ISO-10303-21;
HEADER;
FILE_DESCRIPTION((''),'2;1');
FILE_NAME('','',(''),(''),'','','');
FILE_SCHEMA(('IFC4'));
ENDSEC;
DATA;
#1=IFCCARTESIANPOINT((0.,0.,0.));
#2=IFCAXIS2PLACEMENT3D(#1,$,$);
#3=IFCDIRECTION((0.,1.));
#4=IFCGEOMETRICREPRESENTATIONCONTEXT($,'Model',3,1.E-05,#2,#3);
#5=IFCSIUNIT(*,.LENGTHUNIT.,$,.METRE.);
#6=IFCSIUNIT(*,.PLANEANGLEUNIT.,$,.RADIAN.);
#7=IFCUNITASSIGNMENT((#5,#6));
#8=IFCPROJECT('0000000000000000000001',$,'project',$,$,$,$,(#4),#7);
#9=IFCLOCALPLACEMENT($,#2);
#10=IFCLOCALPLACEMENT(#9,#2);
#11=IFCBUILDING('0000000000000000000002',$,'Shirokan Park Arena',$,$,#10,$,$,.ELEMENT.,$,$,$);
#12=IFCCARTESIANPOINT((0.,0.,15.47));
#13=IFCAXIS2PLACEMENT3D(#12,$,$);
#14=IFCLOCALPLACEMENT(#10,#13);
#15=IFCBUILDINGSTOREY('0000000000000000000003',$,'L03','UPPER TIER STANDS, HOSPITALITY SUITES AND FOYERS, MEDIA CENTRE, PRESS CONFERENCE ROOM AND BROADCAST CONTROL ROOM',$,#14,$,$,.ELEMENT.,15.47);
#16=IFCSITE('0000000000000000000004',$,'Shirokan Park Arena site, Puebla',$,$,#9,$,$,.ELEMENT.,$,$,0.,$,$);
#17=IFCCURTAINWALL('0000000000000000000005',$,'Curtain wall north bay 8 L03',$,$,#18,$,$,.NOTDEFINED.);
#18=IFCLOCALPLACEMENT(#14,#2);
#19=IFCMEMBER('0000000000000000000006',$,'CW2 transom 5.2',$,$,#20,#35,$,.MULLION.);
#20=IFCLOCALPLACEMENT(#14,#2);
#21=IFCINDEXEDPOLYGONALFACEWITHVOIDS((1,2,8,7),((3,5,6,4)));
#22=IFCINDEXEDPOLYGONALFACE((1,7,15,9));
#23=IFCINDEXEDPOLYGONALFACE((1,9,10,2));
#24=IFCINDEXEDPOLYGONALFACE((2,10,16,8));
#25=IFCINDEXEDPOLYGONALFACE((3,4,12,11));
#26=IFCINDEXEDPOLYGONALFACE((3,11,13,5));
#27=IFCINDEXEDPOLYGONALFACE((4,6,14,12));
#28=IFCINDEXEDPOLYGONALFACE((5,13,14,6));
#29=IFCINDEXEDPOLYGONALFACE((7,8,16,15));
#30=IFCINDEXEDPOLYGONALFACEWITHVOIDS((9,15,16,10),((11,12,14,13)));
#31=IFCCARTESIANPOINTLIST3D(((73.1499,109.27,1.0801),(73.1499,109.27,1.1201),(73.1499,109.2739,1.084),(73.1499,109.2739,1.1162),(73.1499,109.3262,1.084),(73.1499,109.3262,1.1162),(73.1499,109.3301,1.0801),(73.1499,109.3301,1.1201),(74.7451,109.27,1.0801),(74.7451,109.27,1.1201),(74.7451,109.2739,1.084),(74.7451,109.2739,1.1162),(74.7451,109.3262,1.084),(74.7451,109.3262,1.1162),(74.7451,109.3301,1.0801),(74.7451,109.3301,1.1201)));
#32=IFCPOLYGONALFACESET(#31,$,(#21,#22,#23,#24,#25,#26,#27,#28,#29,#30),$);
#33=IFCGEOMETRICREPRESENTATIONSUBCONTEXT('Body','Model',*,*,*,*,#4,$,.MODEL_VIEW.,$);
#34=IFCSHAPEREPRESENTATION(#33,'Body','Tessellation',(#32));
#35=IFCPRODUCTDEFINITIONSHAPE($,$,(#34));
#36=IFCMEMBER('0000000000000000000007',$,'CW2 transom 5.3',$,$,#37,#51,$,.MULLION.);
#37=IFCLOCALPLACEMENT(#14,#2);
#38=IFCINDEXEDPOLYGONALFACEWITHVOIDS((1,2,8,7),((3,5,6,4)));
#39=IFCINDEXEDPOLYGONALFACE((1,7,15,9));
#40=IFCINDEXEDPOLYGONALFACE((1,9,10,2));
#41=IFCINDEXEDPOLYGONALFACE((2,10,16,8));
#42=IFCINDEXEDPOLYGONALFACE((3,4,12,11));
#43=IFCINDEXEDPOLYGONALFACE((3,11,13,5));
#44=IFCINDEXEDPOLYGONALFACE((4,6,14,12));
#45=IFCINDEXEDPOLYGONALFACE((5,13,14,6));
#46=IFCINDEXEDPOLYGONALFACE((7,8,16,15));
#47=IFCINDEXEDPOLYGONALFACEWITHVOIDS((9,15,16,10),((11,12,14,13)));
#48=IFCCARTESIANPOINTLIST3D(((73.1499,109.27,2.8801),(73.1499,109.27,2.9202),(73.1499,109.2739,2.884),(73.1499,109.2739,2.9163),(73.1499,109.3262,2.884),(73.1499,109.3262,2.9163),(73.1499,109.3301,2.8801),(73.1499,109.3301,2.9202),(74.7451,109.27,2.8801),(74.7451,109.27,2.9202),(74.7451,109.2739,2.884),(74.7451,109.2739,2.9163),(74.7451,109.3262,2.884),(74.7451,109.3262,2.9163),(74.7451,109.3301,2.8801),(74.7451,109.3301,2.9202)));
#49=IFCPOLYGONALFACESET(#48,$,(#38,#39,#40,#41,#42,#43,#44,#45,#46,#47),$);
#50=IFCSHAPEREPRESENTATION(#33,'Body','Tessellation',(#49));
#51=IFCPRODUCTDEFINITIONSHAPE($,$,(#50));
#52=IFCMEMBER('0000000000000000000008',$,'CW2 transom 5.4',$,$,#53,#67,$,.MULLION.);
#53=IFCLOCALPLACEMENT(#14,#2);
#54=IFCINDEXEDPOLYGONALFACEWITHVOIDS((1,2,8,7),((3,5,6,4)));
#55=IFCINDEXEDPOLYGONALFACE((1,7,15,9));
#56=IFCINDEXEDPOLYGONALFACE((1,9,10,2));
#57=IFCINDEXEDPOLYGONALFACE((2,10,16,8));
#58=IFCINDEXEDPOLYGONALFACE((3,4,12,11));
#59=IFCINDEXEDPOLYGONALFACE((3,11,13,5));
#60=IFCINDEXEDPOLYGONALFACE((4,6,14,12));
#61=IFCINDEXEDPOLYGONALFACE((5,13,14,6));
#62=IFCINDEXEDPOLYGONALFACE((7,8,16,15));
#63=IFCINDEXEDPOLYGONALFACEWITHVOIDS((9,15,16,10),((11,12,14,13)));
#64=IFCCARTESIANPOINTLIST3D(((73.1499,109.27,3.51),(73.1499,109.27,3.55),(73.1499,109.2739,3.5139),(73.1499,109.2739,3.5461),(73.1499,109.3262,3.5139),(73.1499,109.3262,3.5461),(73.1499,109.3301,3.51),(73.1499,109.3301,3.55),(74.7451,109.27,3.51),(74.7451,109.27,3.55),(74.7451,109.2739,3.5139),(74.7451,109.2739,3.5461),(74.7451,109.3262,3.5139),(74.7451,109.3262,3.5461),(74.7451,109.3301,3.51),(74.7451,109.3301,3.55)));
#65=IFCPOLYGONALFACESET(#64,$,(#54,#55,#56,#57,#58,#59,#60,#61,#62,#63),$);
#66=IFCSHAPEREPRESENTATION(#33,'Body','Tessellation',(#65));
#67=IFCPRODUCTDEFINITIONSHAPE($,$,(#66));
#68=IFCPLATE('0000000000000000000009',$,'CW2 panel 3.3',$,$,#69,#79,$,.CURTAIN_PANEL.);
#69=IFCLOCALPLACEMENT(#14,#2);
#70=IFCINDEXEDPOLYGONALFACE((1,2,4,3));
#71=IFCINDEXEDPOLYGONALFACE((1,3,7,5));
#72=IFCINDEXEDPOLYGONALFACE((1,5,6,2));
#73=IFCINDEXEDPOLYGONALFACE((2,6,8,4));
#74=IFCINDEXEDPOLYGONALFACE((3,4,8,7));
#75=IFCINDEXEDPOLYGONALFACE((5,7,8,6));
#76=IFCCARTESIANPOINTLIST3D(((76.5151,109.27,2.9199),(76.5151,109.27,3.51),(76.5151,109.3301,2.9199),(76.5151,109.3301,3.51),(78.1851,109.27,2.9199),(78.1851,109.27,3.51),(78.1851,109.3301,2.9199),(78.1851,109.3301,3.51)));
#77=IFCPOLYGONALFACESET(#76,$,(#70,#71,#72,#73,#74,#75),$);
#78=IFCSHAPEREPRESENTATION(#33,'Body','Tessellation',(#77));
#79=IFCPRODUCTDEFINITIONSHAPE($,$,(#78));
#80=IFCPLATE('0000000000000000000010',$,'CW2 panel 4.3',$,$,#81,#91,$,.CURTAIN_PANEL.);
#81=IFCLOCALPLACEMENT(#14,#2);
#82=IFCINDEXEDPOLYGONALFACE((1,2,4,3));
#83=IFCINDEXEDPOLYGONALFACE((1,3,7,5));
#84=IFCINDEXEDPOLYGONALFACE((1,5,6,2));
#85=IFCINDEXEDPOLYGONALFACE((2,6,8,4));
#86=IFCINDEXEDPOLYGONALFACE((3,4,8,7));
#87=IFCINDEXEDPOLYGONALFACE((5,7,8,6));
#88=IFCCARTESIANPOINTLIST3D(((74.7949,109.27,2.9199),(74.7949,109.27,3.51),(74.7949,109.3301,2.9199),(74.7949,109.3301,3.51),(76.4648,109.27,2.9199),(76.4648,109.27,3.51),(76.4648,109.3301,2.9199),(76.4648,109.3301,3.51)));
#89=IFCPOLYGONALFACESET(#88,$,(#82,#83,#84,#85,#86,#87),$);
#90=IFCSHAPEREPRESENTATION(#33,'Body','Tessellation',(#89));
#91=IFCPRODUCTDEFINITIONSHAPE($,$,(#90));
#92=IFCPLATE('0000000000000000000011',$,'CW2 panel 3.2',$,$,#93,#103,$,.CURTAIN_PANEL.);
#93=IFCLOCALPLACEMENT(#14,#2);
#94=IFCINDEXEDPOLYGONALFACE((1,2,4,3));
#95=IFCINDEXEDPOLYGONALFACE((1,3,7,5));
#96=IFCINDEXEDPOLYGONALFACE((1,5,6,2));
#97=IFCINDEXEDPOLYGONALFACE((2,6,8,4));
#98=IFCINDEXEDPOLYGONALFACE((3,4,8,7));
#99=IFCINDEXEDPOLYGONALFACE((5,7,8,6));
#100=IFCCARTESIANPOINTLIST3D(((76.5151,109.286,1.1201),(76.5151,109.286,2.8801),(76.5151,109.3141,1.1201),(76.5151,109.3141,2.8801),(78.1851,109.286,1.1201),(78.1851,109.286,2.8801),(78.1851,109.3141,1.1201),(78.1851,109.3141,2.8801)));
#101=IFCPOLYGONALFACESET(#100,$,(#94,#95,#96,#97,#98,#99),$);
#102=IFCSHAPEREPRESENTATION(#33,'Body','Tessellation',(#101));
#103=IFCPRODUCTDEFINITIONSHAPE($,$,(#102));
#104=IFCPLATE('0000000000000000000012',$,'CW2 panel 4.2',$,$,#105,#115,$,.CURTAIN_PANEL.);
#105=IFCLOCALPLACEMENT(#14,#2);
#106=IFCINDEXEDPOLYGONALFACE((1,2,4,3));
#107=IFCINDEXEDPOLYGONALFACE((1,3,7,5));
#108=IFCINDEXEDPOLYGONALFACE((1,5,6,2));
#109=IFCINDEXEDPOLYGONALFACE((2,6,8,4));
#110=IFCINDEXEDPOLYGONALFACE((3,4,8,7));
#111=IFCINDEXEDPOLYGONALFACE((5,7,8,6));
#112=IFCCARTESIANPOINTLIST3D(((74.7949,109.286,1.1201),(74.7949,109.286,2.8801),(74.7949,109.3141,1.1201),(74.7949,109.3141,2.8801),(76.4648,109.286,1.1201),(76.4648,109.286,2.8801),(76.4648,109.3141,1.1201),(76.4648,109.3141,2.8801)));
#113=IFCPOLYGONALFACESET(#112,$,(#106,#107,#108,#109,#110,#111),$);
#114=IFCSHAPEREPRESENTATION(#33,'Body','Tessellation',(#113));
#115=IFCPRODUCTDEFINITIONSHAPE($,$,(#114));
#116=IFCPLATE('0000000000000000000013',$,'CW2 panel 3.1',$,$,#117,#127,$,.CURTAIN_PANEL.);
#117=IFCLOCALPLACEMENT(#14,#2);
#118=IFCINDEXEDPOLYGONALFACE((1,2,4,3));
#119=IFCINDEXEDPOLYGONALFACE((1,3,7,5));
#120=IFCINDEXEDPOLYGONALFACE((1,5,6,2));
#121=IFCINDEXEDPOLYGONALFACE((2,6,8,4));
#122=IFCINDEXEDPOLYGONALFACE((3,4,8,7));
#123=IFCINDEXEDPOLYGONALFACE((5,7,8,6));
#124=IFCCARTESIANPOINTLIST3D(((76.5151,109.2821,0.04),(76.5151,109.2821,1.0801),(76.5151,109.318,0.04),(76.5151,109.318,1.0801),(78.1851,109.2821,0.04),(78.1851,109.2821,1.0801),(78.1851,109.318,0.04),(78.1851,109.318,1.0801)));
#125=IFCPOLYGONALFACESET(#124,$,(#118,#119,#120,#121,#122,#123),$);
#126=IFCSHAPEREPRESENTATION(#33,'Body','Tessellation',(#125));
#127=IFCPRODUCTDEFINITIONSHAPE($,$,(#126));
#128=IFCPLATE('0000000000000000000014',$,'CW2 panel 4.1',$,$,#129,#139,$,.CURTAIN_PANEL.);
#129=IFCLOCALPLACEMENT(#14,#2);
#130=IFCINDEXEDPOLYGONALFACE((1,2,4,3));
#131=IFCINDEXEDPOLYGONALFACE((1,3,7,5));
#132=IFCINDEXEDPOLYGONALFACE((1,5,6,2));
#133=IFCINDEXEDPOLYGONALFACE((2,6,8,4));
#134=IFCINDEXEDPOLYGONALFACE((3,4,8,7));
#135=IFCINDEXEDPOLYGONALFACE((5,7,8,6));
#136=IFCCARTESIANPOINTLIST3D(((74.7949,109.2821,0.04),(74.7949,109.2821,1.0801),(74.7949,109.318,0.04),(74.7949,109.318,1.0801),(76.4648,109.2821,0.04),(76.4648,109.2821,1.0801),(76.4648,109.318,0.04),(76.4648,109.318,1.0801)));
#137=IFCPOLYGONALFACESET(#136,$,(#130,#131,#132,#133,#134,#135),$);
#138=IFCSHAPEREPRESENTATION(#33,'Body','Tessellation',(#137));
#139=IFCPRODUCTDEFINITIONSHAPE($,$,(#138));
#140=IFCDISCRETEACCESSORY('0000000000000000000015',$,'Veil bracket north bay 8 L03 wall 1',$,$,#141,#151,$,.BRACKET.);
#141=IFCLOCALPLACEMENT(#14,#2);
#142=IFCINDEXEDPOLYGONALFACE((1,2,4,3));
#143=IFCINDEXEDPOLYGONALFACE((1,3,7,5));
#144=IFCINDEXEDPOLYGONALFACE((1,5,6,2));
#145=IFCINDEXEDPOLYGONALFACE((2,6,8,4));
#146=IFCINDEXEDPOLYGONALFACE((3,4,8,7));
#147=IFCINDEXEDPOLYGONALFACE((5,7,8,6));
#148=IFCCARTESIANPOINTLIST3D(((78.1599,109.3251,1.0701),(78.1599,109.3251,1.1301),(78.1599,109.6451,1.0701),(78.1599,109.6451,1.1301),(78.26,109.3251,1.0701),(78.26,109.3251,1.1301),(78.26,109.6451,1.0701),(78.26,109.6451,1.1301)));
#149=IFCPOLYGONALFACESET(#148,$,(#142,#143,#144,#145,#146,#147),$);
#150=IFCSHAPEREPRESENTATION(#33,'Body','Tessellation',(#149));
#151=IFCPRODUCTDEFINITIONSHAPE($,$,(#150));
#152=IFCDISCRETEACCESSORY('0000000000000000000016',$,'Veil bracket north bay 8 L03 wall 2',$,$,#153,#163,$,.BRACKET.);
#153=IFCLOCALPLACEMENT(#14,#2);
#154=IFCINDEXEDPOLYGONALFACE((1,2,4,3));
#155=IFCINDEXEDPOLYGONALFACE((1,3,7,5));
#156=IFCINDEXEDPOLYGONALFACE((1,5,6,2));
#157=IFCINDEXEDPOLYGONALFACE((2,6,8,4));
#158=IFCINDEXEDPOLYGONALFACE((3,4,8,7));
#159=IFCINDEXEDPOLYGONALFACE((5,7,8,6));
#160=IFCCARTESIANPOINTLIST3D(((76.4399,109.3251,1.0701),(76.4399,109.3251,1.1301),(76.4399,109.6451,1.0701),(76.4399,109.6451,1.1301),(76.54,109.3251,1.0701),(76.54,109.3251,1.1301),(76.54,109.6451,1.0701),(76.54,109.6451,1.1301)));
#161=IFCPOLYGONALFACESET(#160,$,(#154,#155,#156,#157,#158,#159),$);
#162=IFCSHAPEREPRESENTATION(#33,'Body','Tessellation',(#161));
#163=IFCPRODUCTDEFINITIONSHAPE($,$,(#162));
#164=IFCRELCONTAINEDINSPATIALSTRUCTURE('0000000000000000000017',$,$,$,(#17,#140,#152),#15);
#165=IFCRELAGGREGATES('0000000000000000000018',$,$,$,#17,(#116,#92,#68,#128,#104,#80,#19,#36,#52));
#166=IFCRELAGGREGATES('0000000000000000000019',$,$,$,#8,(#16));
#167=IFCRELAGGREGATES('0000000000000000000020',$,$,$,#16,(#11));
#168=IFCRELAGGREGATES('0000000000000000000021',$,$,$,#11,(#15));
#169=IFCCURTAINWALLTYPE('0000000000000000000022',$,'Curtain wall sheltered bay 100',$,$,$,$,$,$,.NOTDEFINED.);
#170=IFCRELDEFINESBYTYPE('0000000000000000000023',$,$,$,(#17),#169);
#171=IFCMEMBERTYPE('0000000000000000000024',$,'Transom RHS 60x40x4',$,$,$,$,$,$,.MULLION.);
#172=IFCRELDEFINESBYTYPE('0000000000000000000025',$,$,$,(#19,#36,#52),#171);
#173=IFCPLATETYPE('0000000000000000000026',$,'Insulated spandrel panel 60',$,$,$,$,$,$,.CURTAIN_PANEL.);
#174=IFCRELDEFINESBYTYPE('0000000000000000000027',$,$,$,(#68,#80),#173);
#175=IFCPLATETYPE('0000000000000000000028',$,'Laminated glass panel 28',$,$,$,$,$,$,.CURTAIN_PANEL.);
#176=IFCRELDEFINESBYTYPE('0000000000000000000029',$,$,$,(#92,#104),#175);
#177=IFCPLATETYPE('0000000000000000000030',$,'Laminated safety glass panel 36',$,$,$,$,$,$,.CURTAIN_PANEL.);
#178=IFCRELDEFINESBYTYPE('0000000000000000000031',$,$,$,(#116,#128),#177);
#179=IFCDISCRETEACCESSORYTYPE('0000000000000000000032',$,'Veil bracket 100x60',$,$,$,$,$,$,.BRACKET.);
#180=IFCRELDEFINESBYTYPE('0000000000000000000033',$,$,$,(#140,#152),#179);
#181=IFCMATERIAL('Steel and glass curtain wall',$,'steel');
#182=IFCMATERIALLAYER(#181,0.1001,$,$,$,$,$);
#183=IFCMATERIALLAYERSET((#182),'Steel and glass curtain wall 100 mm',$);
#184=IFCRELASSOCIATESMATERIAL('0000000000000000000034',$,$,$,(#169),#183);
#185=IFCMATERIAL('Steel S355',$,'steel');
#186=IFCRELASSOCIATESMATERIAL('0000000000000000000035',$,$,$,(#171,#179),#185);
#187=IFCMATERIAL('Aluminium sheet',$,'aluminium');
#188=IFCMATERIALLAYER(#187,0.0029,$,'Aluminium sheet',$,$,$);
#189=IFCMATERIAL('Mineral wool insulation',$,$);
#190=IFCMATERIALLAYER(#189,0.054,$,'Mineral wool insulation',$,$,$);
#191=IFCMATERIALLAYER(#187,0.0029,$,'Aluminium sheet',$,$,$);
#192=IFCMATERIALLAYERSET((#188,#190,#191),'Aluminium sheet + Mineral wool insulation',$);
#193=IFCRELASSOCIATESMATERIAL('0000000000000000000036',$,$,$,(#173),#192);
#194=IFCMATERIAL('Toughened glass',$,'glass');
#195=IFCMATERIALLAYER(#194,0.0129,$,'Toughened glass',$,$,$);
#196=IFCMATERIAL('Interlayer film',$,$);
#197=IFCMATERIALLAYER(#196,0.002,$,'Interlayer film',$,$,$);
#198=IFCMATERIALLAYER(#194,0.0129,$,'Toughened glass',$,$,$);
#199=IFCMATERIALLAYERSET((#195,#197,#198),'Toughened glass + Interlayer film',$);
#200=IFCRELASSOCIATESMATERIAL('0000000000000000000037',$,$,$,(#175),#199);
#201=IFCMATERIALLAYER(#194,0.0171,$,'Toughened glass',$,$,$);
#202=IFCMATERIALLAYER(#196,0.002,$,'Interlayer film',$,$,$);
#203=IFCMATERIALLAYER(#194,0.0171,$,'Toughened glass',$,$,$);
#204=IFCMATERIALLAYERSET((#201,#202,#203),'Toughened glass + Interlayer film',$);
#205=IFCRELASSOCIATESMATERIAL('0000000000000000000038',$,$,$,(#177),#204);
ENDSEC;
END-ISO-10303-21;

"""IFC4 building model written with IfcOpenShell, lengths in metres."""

from ifc_helpers import new_model, si_unit, direction, frame, origin, origin_2d, place, context, subcontext, project, spatial, rectangle, hollow_rectangle, extrude, material, layer, layer_set, material_profile, profile_set, type_object, element, aggregate, save


model = new_model("IFC4")

# Units and contexts
model_context = context("Model", 3, precision=1e-05, world=origin(), true_north=direction((0.0, 1.0)))
body_context = subcontext(model_context, "Body", "Model", "MODEL_VIEW")
ifc_project = project(units=[si_unit("LENGTHUNIT", "METRE"), si_unit("PLANEANGLEUNIT", "RADIAN")], contexts=[model_context])

# Site, building, storey
site_placement = place(None, origin())
site = spatial("IfcSite", under=ifc_project, at=site_placement, Name="Shirokan Park Arena site, Puebla", CompositionType="ELEMENT", RefElevation=0.0)
building_placement = place(site_placement, origin())
building = spatial("IfcBuilding", under=site, at=building_placement, Name="Shirokan Park Arena", CompositionType="ELEMENT")
storey_placement = place(building_placement, frame((0.0, 0.0, 15.47)))
storey = spatial("IfcBuildingStorey", under=building, at=storey_placement, Name="L03", Description="UPPER TIER STANDS, HOSPITALITY SUITES AND FOYERS, MEDIA CENTRE, PRESS CONFERENCE ROOM AND BROADCAST CONTROL ROOM", CompositionType="ELEMENT", Elevation=15.47)

# Curtain wall, members, plates
ifc_material_1 = material(Name="Steel and glass curtain wall", Category="steel")
ifc_layer_1 = layer(ifc_material_1, 0.1001)
ifc_layer_set_1 = layer_set([ifc_layer_1], Name="Steel and glass curtain wall 100 mm")
curtain_wall_type = type_object("IfcCurtainWallType", Name="Curtain wall sheltered bay 100", PredefinedType="NOTDEFINED", material=ifc_layer_set_1)
curtain_wall_placement = place(storey_placement, origin())
curtain_wall = element("IfcCurtainWall", 1, at=curtain_wall_placement, inside=storey, type_object=curtain_wall_type, Name="Curtain wall north bay 8 L03", PredefinedType="NOTDEFINED")
ifc_material_2 = material(Name="Steel S355", Category="steel")
ifc_material_profile_1 = material_profile(ifc_material_2, hollow_rectangle(XDim=0.0601, YDim=0.04, WallThickness=0.0039, at=origin_2d()), Name="RHS 60x40x4")
ifc_profile_set_1 = profile_set([ifc_material_profile_1], Name="Steel S355")
member_type_1 = type_object("IfcMemberType", Name="Transom RHS 60x40x4", PredefinedType="MULLION", material=ifc_profile_set_1)
member_1_placement = place(storey_placement, frame((74.7451, 109.3, 1.1001), z_axis=(-1.0, 0.0, 0.0), x_axis=(0.0, -1.0, 0.0)))
member_1 = element("IfcMember", 2, at=member_1_placement, type_object=member_type_1, Name="CW2 transom 5.2", PredefinedType="MULLION", context=body_context, shape_type="SweptSolid", body=[
    extrude(hollow_rectangle(XDim=0.0601, YDim=0.04, WallThickness=0.0039, at=origin_2d()), origin(), (0.0, 0.0, 1.0), 1.5952),
])
member_2_placement = place(storey_placement, frame((74.7451, 109.3, 2.9001), z_axis=(-1.0, 0.0, 0.0), x_axis=(0.0, -1.0, 0.0)))
member_2 = element("IfcMember", 3, at=member_2_placement, type_object=member_type_1, Name="CW2 transom 5.3", PredefinedType="MULLION", context=body_context, shape_type="SweptSolid", body=[
    extrude(hollow_rectangle(XDim=0.0601, YDim=0.04, WallThickness=0.0039, at=origin_2d()), origin(), (0.0, 0.0, 1.0), 1.5952),
])
member_3_placement = place(storey_placement, frame((74.7451, 109.3, 3.53), z_axis=(-1.0, 0.0, 0.0), x_axis=(0.0, -1.0, 0.0)))
member_3 = element("IfcMember", 4, at=member_3_placement, type_object=member_type_1, Name="CW2 transom 5.4", PredefinedType="MULLION", context=body_context, shape_type="SweptSolid", body=[
    extrude(hollow_rectangle(XDim=0.0601, YDim=0.04, WallThickness=0.0039, at=origin_2d()), origin(), (0.0, 0.0, 1.0), 1.5952),
])
ifc_material_3 = material(Name="Aluminium sheet", Category="aluminium")
ifc_layer_2 = layer(ifc_material_3, 0.0029, Name="Aluminium sheet")
ifc_material_4 = material(Name="Mineral wool insulation")
ifc_layer_3 = layer(ifc_material_4, 0.054, Name="Mineral wool insulation")
ifc_layer_4 = layer(ifc_material_3, 0.0029, Name="Aluminium sheet")
ifc_layer_set_2 = layer_set([ifc_layer_2, ifc_layer_3, ifc_layer_4], Name="Aluminium sheet + Mineral wool insulation")
plate_type_1 = type_object("IfcPlateType", Name="Insulated spandrel panel 60", PredefinedType="CURTAIN_PANEL", material=ifc_layer_set_2)
plate_1_placement = place(storey_placement, frame((77.3501, 109.3, 2.9199), z_axis=(0.0, 0.0, 1.0), x_axis=(-1.0, 0.0, 0.0)))
plate_1 = element("IfcPlate", 5, at=plate_1_placement, type_object=plate_type_1, Name="CW2 panel 3.3", PredefinedType="CURTAIN_PANEL", context=body_context, shape_type="SweptSolid", body=[
    extrude(rectangle(XDim=1.6699, YDim=0.0601, at=origin_2d()), origin(), (0.0, 0.0, 1.0), 0.5901),
])
plate_2_placement = place(storey_placement, frame((75.6299, 109.3, 2.9199), z_axis=(0.0, 0.0, 1.0), x_axis=(-1.0, 0.0, 0.0)))
plate_2 = element("IfcPlate", 6, at=plate_2_placement, type_object=plate_type_1, Name="CW2 panel 4.3", PredefinedType="CURTAIN_PANEL", context=body_context, shape_type="SweptSolid", body=[
    extrude(rectangle(XDim=1.6699, YDim=0.0601, at=origin_2d()), origin(), (0.0, 0.0, 1.0), 0.5901),
])
ifc_material_5 = material(Name="Toughened glass", Category="glass")
ifc_layer_5 = layer(ifc_material_5, 0.0129, Name="Toughened glass")
ifc_material_6 = material(Name="Interlayer film")
ifc_layer_6 = layer(ifc_material_6, 0.002, Name="Interlayer film")
ifc_layer_7 = layer(ifc_material_5, 0.0129, Name="Toughened glass")
ifc_layer_set_3 = layer_set([ifc_layer_5, ifc_layer_6, ifc_layer_7], Name="Toughened glass + Interlayer film")
plate_type_2 = type_object("IfcPlateType", Name="Laminated glass panel 28", PredefinedType="CURTAIN_PANEL", material=ifc_layer_set_3)
plate_3_placement = place(storey_placement, frame((77.3501, 109.3, 1.1201), z_axis=(0.0, 0.0, 1.0), x_axis=(-1.0, 0.0, 0.0)))
plate_3 = element("IfcPlate", 7, at=plate_3_placement, type_object=plate_type_2, Name="CW2 panel 3.2", PredefinedType="CURTAIN_PANEL", context=body_context, shape_type="SweptSolid", body=[
    extrude(rectangle(XDim=1.6699, YDim=0.0281, at=origin_2d()), origin(), (0.0, 0.0, 1.0), 1.76),
])
plate_4_placement = place(storey_placement, frame((75.6299, 109.3, 1.1201), z_axis=(0.0, 0.0, 1.0), x_axis=(-1.0, 0.0, 0.0)))
plate_4 = element("IfcPlate", 8, at=plate_4_placement, type_object=plate_type_2, Name="CW2 panel 4.2", PredefinedType="CURTAIN_PANEL", context=body_context, shape_type="SweptSolid", body=[
    extrude(rectangle(XDim=1.6699, YDim=0.0281, at=origin_2d()), origin(), (0.0, 0.0, 1.0), 1.76),
])
ifc_layer_8 = layer(ifc_material_5, 0.0171, Name="Toughened glass")
ifc_layer_9 = layer(ifc_material_6, 0.002, Name="Interlayer film")
ifc_layer_10 = layer(ifc_material_5, 0.0171, Name="Toughened glass")
ifc_layer_set_4 = layer_set([ifc_layer_8, ifc_layer_9, ifc_layer_10], Name="Toughened glass + Interlayer film")
plate_type_3 = type_object("IfcPlateType", Name="Laminated safety glass panel 36", PredefinedType="CURTAIN_PANEL", material=ifc_layer_set_4)
plate_5_placement = place(storey_placement, frame((77.3501, 109.3, 0.04), z_axis=(0.0, 0.0, 1.0), x_axis=(-1.0, 0.0, 0.0)))
plate_5 = element("IfcPlate", 9, at=plate_5_placement, type_object=plate_type_3, Name="CW2 panel 3.1", PredefinedType="CURTAIN_PANEL", context=body_context, shape_type="SweptSolid", body=[
    extrude(rectangle(XDim=1.6699, YDim=0.0359, at=origin_2d()), origin(), (0.0, 0.0, 1.0), 1.04),
])
plate_6_placement = place(storey_placement, frame((75.6299, 109.3, 0.04), z_axis=(0.0, 0.0, 1.0), x_axis=(-1.0, 0.0, 0.0)))
plate_6 = element("IfcPlate", 10, at=plate_6_placement, type_object=plate_type_3, Name="CW2 panel 4.1", PredefinedType="CURTAIN_PANEL", context=body_context, shape_type="SweptSolid", body=[
    extrude(rectangle(XDim=1.6699, YDim=0.0359, at=origin_2d()), origin(), (0.0, 0.0, 1.0), 1.04),
])
aggregate(curtain_wall, [plate_5, plate_3, plate_1, plate_6, plate_4, plate_2, member_1, member_2, member_3])

# Discrete accessories
discrete_accessory_type = type_object("IfcDiscreteAccessoryType", Name="Veil bracket 100x60", PredefinedType="BRACKET", material=ifc_material_2)
for number, where, z_axis, x_axis, name in (
    (11, (78.21, 109.4851, 1.0701), (0.0, 0.0, 1.0), (-1.0, 0.0, 0.0), "Veil bracket north bay 8 L03 wall 1"),
    (12, (76.49, 109.4851, 1.0701), (0.0, 0.0, 1.0), (-1.0, 0.0, 0.0), "Veil bracket north bay 8 L03 wall 2"),
):
    element("IfcDiscreteAccessory", number, at=place(storey_placement, frame(where, z_axis=z_axis, x_axis=x_axis)), inside=storey, type_object=discrete_accessory_type, Name=name, PredefinedType="BRACKET", context=body_context, shape_type="SweptSolid", body=[
        extrude(rectangle(XDim=0.1001, YDim=0.3201, at=origin_2d()), origin(), (0.0, 0.0, 1.0), 0.0601),
    ])

save(model, "model.ifc")
